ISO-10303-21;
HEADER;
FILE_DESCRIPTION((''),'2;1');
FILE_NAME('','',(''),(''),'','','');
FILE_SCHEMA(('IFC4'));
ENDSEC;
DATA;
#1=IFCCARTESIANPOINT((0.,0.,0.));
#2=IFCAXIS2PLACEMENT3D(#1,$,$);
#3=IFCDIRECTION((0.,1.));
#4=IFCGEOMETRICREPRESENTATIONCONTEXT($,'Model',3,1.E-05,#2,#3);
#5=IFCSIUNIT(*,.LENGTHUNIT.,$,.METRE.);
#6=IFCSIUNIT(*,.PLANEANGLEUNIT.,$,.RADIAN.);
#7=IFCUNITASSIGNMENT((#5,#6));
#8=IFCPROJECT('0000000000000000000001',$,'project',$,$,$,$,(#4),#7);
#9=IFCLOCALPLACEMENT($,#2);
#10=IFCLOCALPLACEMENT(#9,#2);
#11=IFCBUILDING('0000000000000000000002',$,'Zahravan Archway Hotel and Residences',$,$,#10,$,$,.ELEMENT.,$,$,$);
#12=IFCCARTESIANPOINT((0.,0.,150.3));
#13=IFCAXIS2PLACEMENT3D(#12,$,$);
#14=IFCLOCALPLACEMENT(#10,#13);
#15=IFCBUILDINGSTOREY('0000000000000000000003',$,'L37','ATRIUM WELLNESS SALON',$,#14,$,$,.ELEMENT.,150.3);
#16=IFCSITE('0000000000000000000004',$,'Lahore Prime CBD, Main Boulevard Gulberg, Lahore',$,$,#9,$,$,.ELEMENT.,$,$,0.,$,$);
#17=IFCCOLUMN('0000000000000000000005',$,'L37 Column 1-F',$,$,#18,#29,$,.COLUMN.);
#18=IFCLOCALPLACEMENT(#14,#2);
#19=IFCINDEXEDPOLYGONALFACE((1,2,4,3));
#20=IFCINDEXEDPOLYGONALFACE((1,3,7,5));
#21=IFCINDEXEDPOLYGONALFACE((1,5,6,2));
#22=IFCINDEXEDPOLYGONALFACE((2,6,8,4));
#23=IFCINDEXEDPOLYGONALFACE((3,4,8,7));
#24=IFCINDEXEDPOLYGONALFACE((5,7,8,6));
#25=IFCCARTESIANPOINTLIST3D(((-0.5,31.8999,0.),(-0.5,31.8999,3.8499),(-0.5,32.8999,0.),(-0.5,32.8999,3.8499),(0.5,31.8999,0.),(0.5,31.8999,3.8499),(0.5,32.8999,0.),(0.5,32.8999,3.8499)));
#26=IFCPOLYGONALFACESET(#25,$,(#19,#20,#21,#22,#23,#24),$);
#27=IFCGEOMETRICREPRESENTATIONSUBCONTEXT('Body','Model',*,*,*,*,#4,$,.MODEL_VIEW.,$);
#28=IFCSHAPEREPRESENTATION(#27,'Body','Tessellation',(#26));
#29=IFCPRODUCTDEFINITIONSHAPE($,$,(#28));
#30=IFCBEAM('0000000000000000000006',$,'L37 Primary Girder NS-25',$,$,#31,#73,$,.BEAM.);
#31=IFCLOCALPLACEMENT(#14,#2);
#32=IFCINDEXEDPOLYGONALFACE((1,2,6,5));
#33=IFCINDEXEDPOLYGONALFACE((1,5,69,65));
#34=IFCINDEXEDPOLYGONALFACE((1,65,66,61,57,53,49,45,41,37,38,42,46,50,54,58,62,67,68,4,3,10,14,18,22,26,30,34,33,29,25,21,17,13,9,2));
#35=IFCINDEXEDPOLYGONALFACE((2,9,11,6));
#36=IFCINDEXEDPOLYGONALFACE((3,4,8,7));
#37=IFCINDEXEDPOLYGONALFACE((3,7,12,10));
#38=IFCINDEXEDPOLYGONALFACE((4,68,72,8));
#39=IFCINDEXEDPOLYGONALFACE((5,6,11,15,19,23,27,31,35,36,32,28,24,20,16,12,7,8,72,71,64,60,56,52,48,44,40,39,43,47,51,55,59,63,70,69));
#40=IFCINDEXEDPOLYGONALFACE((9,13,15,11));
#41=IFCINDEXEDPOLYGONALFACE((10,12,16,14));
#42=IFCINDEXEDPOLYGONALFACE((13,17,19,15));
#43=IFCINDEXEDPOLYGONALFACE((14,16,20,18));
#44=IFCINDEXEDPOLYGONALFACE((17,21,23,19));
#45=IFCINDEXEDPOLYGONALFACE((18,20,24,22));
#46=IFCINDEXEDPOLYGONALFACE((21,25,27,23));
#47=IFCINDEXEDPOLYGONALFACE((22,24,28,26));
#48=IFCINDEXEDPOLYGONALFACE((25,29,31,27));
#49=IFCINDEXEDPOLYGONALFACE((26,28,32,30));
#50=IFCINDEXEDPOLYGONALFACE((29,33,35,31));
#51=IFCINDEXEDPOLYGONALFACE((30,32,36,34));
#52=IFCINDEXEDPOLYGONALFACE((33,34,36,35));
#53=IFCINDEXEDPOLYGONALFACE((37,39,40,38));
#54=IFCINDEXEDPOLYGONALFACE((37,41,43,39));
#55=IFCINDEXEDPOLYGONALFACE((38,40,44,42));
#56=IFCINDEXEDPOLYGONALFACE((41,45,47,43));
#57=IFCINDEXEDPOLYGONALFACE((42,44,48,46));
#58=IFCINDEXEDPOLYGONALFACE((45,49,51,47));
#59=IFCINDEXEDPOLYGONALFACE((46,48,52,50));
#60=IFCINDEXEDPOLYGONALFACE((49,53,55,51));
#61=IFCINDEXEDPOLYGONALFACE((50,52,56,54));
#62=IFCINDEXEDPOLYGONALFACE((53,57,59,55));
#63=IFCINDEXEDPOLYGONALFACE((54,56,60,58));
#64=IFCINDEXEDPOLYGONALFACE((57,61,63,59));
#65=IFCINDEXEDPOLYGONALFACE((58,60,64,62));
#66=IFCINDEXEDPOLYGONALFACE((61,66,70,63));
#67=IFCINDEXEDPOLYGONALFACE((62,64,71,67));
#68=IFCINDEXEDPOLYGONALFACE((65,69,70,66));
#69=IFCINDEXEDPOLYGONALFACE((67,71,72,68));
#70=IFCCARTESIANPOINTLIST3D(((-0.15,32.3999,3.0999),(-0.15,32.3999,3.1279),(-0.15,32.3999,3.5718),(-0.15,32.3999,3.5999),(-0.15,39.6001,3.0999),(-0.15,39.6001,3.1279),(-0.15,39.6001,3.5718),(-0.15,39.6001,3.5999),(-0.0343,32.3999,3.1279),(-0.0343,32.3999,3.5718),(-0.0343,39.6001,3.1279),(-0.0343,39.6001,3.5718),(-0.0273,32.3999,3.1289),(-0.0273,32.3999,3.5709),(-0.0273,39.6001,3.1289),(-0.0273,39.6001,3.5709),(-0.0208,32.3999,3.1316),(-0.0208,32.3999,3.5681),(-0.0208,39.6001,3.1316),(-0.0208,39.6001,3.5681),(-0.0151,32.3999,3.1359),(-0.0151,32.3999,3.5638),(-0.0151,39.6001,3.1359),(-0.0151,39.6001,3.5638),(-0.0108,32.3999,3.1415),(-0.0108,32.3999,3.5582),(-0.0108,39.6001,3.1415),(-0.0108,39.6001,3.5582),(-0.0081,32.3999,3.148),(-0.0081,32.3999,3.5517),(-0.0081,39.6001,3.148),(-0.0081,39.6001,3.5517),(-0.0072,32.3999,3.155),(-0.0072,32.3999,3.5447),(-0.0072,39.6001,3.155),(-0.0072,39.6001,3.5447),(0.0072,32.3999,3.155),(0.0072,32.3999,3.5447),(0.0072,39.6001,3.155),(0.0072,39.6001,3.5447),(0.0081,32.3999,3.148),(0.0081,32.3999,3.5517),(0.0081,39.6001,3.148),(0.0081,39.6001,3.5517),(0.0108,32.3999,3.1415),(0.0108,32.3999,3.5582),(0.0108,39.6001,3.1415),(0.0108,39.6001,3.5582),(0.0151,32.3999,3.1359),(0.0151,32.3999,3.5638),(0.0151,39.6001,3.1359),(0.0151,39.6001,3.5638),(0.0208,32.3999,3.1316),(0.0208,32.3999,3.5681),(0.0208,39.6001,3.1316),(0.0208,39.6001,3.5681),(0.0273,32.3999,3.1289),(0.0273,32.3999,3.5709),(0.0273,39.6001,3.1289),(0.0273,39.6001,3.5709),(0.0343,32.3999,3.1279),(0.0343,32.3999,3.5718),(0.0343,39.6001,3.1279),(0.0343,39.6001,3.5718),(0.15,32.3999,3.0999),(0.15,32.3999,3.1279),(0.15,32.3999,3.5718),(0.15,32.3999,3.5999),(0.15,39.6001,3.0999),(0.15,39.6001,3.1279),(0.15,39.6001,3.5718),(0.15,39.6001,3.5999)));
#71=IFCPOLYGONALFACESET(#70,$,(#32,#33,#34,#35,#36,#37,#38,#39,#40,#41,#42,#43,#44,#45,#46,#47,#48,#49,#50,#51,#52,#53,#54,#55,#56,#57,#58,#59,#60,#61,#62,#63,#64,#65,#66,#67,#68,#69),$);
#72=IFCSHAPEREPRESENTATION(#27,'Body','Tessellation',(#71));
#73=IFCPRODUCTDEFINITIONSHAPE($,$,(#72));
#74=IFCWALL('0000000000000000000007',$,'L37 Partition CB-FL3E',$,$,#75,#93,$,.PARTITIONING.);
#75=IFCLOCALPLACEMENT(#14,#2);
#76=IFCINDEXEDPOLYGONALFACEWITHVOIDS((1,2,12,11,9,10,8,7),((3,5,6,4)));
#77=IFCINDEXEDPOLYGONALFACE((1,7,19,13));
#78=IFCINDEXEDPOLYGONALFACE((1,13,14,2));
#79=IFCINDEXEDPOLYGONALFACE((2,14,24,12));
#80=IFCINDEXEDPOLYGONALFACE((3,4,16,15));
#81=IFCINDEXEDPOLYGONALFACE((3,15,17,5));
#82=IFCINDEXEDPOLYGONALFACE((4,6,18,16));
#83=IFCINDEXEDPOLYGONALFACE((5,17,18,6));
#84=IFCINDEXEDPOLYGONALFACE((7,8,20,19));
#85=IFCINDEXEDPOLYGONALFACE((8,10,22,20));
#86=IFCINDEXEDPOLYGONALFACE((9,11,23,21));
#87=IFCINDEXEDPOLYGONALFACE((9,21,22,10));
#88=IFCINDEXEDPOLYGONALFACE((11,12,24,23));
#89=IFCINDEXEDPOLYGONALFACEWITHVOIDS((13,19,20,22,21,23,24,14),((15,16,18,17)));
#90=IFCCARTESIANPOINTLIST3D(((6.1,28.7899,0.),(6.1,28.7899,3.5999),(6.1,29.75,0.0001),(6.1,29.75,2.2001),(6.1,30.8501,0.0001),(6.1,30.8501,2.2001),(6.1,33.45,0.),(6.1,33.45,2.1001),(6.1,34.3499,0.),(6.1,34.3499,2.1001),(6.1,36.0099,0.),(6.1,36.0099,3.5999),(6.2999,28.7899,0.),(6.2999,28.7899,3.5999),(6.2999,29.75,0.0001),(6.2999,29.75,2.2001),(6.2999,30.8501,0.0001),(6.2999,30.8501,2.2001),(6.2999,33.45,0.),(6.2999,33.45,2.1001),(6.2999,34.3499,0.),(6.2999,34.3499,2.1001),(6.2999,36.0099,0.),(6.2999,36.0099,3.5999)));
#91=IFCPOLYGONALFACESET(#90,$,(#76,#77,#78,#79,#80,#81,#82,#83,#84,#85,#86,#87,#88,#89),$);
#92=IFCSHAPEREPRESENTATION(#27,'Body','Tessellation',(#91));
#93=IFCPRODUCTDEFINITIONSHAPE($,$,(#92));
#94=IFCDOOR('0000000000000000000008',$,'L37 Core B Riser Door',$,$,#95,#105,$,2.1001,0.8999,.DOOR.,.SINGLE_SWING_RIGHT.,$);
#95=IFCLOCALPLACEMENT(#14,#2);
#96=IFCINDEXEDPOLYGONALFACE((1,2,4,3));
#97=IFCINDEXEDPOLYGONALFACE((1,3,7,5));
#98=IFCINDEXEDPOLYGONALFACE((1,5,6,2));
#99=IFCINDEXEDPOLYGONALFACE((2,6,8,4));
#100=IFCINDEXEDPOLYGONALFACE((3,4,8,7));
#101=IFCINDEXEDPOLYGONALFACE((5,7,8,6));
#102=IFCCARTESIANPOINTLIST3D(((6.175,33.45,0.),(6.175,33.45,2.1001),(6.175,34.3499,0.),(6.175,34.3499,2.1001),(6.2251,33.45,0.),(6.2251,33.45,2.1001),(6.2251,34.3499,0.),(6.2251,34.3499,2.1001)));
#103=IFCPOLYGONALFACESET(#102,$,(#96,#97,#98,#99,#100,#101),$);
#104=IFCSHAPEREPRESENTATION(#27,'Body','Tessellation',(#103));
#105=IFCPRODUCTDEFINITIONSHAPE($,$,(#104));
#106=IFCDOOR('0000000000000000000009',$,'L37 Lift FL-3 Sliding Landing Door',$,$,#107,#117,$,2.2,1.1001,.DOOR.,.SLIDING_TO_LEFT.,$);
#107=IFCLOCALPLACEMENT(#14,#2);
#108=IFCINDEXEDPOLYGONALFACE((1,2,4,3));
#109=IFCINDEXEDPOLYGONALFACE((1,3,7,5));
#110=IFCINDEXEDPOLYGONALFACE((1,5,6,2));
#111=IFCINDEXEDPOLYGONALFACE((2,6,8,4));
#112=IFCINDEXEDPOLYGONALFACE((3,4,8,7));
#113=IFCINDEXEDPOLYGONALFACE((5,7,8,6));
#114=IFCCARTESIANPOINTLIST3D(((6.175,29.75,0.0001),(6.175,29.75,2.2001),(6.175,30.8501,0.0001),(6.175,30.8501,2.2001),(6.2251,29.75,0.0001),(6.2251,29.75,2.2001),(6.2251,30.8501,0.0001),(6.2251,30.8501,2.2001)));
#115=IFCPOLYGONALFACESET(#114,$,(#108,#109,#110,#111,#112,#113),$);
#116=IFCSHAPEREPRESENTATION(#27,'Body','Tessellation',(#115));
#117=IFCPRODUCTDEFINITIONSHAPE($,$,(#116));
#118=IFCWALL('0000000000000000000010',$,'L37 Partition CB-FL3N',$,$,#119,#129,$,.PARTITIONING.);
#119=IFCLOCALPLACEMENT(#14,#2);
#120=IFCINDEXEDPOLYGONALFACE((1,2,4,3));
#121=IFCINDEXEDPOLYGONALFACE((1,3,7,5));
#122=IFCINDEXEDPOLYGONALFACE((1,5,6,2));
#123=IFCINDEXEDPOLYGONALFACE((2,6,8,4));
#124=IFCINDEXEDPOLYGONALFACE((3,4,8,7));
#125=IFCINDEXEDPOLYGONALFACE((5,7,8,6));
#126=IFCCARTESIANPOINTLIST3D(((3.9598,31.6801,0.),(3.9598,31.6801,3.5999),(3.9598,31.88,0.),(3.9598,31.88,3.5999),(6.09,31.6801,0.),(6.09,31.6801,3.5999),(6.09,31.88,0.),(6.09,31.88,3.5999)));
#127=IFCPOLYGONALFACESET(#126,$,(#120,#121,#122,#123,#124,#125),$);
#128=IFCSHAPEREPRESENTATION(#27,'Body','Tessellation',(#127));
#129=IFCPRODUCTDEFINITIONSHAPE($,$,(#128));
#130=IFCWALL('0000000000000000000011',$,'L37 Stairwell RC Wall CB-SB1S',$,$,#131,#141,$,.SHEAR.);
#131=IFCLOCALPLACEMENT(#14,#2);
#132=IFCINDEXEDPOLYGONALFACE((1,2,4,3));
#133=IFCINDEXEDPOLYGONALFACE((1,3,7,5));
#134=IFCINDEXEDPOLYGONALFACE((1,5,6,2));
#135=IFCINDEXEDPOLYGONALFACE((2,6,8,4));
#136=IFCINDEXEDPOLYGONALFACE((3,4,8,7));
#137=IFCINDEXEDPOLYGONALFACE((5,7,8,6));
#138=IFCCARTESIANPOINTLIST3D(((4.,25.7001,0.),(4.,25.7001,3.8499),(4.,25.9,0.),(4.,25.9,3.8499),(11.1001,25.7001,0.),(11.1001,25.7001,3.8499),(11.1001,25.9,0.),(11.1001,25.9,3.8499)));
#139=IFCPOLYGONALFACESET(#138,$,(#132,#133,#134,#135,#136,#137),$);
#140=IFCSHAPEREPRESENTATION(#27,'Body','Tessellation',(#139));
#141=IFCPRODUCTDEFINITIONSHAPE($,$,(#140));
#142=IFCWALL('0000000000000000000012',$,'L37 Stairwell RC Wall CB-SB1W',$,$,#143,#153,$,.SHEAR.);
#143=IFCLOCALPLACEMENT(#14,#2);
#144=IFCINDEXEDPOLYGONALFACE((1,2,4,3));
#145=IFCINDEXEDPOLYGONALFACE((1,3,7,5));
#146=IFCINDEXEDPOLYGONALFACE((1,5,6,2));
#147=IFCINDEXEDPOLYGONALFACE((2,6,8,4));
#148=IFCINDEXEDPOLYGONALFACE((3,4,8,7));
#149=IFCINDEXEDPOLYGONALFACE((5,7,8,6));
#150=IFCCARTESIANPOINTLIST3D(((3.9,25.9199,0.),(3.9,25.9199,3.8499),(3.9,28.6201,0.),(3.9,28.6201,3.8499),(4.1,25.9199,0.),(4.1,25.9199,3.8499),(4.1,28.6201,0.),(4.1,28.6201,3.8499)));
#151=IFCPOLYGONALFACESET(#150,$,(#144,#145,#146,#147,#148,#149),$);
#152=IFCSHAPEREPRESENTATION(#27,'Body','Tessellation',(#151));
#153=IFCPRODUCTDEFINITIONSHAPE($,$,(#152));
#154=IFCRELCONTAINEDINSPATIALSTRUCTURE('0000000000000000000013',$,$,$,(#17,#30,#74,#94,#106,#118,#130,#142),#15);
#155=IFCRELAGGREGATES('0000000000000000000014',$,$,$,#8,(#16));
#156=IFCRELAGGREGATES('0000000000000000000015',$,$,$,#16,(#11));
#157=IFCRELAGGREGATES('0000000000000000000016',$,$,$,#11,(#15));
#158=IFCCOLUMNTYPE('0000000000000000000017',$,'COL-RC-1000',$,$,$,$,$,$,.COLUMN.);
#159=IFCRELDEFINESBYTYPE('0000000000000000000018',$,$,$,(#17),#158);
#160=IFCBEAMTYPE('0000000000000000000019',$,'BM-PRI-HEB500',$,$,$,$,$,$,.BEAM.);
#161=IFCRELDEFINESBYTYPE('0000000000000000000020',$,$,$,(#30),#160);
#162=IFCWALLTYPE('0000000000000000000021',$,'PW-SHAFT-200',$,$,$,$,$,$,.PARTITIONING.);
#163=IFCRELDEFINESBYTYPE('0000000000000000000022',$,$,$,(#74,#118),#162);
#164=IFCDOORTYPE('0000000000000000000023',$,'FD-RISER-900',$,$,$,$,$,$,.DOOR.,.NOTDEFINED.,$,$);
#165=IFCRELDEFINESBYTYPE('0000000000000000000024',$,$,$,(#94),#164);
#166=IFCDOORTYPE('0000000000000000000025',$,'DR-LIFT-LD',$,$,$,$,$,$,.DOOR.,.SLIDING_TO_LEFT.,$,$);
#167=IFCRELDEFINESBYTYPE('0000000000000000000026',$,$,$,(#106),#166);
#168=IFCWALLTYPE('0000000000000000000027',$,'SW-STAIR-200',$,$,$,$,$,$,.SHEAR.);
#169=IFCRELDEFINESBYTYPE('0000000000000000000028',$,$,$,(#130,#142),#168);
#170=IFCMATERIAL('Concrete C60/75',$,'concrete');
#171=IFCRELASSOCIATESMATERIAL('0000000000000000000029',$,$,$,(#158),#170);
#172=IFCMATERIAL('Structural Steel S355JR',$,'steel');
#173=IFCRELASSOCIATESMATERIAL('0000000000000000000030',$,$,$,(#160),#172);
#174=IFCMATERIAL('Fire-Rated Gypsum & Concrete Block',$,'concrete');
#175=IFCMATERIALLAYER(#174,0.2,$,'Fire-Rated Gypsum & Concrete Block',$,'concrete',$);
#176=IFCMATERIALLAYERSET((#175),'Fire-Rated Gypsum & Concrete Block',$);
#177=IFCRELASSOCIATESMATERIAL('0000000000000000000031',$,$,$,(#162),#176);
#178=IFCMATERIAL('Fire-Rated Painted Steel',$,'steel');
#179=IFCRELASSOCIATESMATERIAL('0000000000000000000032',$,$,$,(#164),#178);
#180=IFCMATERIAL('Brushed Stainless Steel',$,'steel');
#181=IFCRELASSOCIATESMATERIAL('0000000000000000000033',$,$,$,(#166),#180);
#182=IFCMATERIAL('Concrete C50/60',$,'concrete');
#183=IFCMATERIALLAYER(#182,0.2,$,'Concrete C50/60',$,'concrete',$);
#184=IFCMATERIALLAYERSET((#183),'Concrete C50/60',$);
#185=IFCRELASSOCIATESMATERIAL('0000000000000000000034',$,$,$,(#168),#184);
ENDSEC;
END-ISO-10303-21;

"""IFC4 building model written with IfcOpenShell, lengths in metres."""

from ifc_helpers import new_model, si_unit, direction, frame, frame_2d, origin, origin_2d, place, context, subcontext, project, spatial, rectangle, i_section, extrude, source, transform, mapped, material, layer, layer_set, material_profile, profile_set, type_object, type_shapes, element, fill, save


model = new_model("IFC4")

# Units and contexts
model_context = context("Model", 3, precision=1e-05, world=origin(), true_north=direction((0.0, 1.0)))
body_context = subcontext(model_context, "Body", "Model", "MODEL_VIEW")
ifc_project = project(units=[si_unit("LENGTHUNIT", "METRE"), si_unit("PLANEANGLEUNIT", "RADIAN")], contexts=[model_context])

# Site, building, storey
site_placement = place(None, origin())
site = spatial("IfcSite", under=ifc_project, at=site_placement, Name="Lahore Prime CBD, Main Boulevard Gulberg, Lahore", CompositionType="ELEMENT", RefElevation=0.0)
building_placement = place(site_placement, origin())
building = spatial("IfcBuilding", under=site, at=building_placement, Name="Zahravan Archway Hotel and Residences", CompositionType="ELEMENT")
storey_placement = place(building_placement, frame((0.0, 0.0, 150.3)))
storey = spatial("IfcBuildingStorey", under=building, at=storey_placement, Name="L37", Description="ATRIUM WELLNESS SALON", CompositionType="ELEMENT", Elevation=150.3)

# Column
ifc_material_1 = material(Name="Concrete C60/75", Category="concrete")
ifc_material_profile_1 = material_profile(ifc_material_1, rectangle(XDim=1.0, YDim=1.0, at=origin_2d()), Name="RC-COL-1000x1000", Category="concrete")
ifc_profile_set_1 = profile_set([ifc_material_profile_1], Name="Concrete C60/75")
column_type = type_object("IfcColumnType", Name="COL-RC-1000", PredefinedType="COLUMN", material=ifc_profile_set_1)
shared_shape_1 = source(origin(), body_context, "Body", "SweptSolid", [
    extrude(rectangle(XDim=1.0, YDim=1.0, at=origin_2d()), origin(), (0.0, 0.0, 1.0), 3.8499),
])
column_placement = place(storey_placement, frame((0.0, 32.3999, 0.0), z_axis=(0.0, 0.0, 1.0), x_axis=(1.0, 0.0, 0.0)))
element("IfcColumn", 1, at=column_placement, inside=storey, type_object=column_type, Name="L37 Column 1-F", PredefinedType="COLUMN", context=body_context, shape_type="MappedRepresentation", body=[
    mapped(shared_shape_1, transform((0.0, 0.0, 0.0), scale=1.0)),
])

# Beam
ifc_material_2 = material(Name="Structural Steel S355JR", Category="steel")
ifc_material_profile_2 = material_profile(ifc_material_2, i_section(OverallWidth=0.3, OverallDepth=0.5, WebThickness=0.0144, FlangeThickness=0.0281, FilletRadius=0.0271, at=origin_2d()), Name="HEB 500", Category="steel")
ifc_profile_set_2 = profile_set([ifc_material_profile_2], Name="Structural Steel S355JR")
beam_type = type_object("IfcBeamType", Name="BM-PRI-HEB500", PredefinedType="BEAM", material=ifc_profile_set_2)
shared_shape_2 = source(origin(), body_context, "Body", "SweptSolid", [
    extrude(i_section(OverallWidth=0.3, OverallDepth=0.5, WebThickness=0.0144, FlangeThickness=0.0281, FilletRadius=0.0271, at=origin_2d()), origin(), (0.0, 0.0, 1.0), 7.2002),
])
type_shapes(beam_type, [shared_shape_2])
beam_placement = place(storey_placement, frame((0.0, 32.3999, 3.3499), z_axis=(0.0, 1.0, 0.0), x_axis=(-1.0, 0.0, 0.0)))
element("IfcBeam", 2, at=beam_placement, inside=storey, type_object=beam_type, Name="L37 Primary Girder NS-25", PredefinedType="BEAM", context=body_context, shape_type="MappedRepresentation", body=[
    mapped(shared_shape_2, transform((0.0, 0.0, 0.0), scale=1.0)),
])

# Wall, openings, doors
ifc_material_3 = material(Name="Fire-Rated Gypsum & Concrete Block", Category="concrete")
ifc_layer_1 = layer(ifc_material_3, 0.2, Name="Fire-Rated Gypsum & Concrete Block", Category="concrete")
ifc_layer_set_1 = layer_set([ifc_layer_1], Name="Fire-Rated Gypsum & Concrete Block")
wall_type_1 = type_object("IfcWallType", Name="PW-SHAFT-200", PredefinedType="PARTITIONING", material=ifc_layer_set_1)
wall_1_placement = place(storey_placement, frame((6.2, 28.79, 0.0), z_axis=(0.0, 0.0, 1.0), x_axis=(0.0, 1.0, 0.0)))
wall_1 = element("IfcWall", 3, at=wall_1_placement, inside=storey, type_object=wall_type_1, Name="L37 Partition CB-FL3E", PredefinedType="PARTITIONING", context=body_context, shape_type="SweptSolid", body=[
    extrude(rectangle(XDim=7.22, YDim=0.2, at=frame_2d((3.6099, 0.0))), origin(), (0.0, 0.0, 1.0), 3.5999),
])
opening_1_placement = place(wall_1_placement, frame((4.6599, 0.0, 0.0)))
opening_1 = element("IfcOpeningElement", 4, at=opening_1_placement, cuts=wall_1, PredefinedType="OPENING", context=body_context, shape_type="SweptSolid", body=[
    extrude(rectangle(XDim=0.8999, YDim=2.1001, at=frame_2d((0.45, 1.05))), frame((0.0, 0.1099, 0.0), z_axis=(0.0, -1.0, 0.0), x_axis=(1.0, 0.0, 0.0)), (0.0, 0.0, 1.0), 0.22),
])
opening_2_placement = place(wall_1_placement, frame((0.96, 0.0, 0.0)))
opening_2 = element("IfcOpeningElement", 5, at=opening_2_placement, cuts=wall_1, PredefinedType="OPENING", context=body_context, shape_type="SweptSolid", body=[
    extrude(rectangle(XDim=1.1001, YDim=2.2, at=frame_2d((0.55, 1.1001))), frame((0.0, 0.1099, 0.0), z_axis=(0.0, -1.0, 0.0), x_axis=(1.0, 0.0, 0.0)), (0.0, 0.0, 1.0), 0.22),
])
ifc_material_4 = material(Name="Fire-Rated Painted Steel", Category="steel")
door_type_1 = type_object("IfcDoorType", Name="FD-RISER-900", OperationType="NOTDEFINED", PredefinedType="DOOR", material=ifc_material_4)
shared_shape_3 = source(origin(), body_context, "Body", "SweptSolid", [
    extrude(rectangle(XDim=0.8999, YDim=2.1001, at=frame_2d((0.45, 1.05))), frame((0.0, 0.0249, 0.0), z_axis=(0.0, -1.0, 0.0), x_axis=(1.0, 0.0, 0.0)), (0.0, 0.0, 1.0), 0.05),
])
type_shapes(door_type_1, [shared_shape_3])
door_1_placement = place(opening_1_placement, origin())
door_1 = element("IfcDoor", 6, at=door_1_placement, inside=storey, type_object=door_type_1, Name="L37 Core B Riser Door", OperationType="SINGLE_SWING_RIGHT", OverallHeight=2.1001, OverallWidth=0.8999, PredefinedType="DOOR", context=body_context, shape_type="MappedRepresentation", body=[
    mapped(shared_shape_3, transform((0.0, 0.0, 0.0), scale=1.0)),
])
fill(opening_1, door_1)
ifc_material_5 = material(Name="Brushed Stainless Steel", Category="steel")
door_type_2 = type_object("IfcDoorType", Name="DR-LIFT-LD", OperationType="SLIDING_TO_LEFT", PredefinedType="DOOR", material=ifc_material_5)
shared_shape_4 = source(origin(), body_context, "Body", "SweptSolid", [
    extrude(rectangle(XDim=1.1001, YDim=2.2, at=frame_2d((0.55, 1.1001))), frame((0.0, 0.0249, 0.0), z_axis=(0.0, -1.0, 0.0), x_axis=(1.0, 0.0, 0.0)), (0.0, 0.0, 1.0), 0.05),
])
type_shapes(door_type_2, [shared_shape_4])
door_2_placement = place(opening_2_placement, origin())
door_2 = element("IfcDoor", 7, at=door_2_placement, inside=storey, type_object=door_type_2, Name="L37 Lift FL-3 Sliding Landing Door", OperationType="SLIDING_TO_LEFT", OverallHeight=2.2, OverallWidth=1.1001, PredefinedType="DOOR", context=body_context, shape_type="MappedRepresentation", body=[
    mapped(shared_shape_4, transform((0.0, 0.0, 0.0), scale=1.0)),
])
fill(opening_2, door_2)

# Walls
wall_2_placement = place(storey_placement, frame((3.96, 31.78, 0.0), z_axis=(0.0, 0.0, 1.0), x_axis=(1.0, 0.0, 0.0)))
element("IfcWall", 8, at=wall_2_placement, inside=storey, type_object=wall_type_1, Name="L37 Partition CB-FL3N", PredefinedType="PARTITIONING", context=body_context, shape_type="SweptSolid", body=[
    extrude(rectangle(XDim=2.1301, YDim=0.2, at=frame_2d((1.0649, 0.0))), origin(), (0.0, 0.0, 1.0), 3.5999),
])
ifc_material_6 = material(Name="Concrete C50/60", Category="concrete")
ifc_layer_2 = layer(ifc_material_6, 0.2, Name="Concrete C50/60", Category="concrete")
ifc_layer_set_2 = layer_set([ifc_layer_2], Name="Concrete C50/60")
wall_type_2 = type_object("IfcWallType", Name="SW-STAIR-200", PredefinedType="SHEAR", material=ifc_layer_set_2)
wall_3_placement = place(storey_placement, frame((4.0, 25.8, 0.0), z_axis=(0.0, 0.0, 1.0), x_axis=(1.0, 0.0, 0.0)))
element("IfcWall", 9, at=wall_3_placement, inside=storey, type_object=wall_type_2, Name="L37 Stairwell RC Wall CB-SB1S", PredefinedType="SHEAR", context=body_context, shape_type="SweptSolid", body=[
    extrude(rectangle(XDim=7.1001, YDim=0.2, at=frame_2d((3.55, 0.0))), origin(), (0.0, 0.0, 1.0), 3.8499),
])
wall_4_placement = place(storey_placement, frame((4.0, 25.9199, 0.0), z_axis=(0.0, 0.0, 1.0), x_axis=(0.0, 1.0, 0.0)))
element("IfcWall", 10, at=wall_4_placement, inside=storey, type_object=wall_type_2, Name="L37 Stairwell RC Wall CB-SB1W", PredefinedType="SHEAR", context=body_context, shape_type="SweptSolid", body=[
    extrude(rectangle(XDim=2.7002, YDim=0.2, at=frame_2d((1.3501, 0.0))), origin(), (0.0, 0.0, 1.0), 3.8499),
])

save(model, "model.ifc")
